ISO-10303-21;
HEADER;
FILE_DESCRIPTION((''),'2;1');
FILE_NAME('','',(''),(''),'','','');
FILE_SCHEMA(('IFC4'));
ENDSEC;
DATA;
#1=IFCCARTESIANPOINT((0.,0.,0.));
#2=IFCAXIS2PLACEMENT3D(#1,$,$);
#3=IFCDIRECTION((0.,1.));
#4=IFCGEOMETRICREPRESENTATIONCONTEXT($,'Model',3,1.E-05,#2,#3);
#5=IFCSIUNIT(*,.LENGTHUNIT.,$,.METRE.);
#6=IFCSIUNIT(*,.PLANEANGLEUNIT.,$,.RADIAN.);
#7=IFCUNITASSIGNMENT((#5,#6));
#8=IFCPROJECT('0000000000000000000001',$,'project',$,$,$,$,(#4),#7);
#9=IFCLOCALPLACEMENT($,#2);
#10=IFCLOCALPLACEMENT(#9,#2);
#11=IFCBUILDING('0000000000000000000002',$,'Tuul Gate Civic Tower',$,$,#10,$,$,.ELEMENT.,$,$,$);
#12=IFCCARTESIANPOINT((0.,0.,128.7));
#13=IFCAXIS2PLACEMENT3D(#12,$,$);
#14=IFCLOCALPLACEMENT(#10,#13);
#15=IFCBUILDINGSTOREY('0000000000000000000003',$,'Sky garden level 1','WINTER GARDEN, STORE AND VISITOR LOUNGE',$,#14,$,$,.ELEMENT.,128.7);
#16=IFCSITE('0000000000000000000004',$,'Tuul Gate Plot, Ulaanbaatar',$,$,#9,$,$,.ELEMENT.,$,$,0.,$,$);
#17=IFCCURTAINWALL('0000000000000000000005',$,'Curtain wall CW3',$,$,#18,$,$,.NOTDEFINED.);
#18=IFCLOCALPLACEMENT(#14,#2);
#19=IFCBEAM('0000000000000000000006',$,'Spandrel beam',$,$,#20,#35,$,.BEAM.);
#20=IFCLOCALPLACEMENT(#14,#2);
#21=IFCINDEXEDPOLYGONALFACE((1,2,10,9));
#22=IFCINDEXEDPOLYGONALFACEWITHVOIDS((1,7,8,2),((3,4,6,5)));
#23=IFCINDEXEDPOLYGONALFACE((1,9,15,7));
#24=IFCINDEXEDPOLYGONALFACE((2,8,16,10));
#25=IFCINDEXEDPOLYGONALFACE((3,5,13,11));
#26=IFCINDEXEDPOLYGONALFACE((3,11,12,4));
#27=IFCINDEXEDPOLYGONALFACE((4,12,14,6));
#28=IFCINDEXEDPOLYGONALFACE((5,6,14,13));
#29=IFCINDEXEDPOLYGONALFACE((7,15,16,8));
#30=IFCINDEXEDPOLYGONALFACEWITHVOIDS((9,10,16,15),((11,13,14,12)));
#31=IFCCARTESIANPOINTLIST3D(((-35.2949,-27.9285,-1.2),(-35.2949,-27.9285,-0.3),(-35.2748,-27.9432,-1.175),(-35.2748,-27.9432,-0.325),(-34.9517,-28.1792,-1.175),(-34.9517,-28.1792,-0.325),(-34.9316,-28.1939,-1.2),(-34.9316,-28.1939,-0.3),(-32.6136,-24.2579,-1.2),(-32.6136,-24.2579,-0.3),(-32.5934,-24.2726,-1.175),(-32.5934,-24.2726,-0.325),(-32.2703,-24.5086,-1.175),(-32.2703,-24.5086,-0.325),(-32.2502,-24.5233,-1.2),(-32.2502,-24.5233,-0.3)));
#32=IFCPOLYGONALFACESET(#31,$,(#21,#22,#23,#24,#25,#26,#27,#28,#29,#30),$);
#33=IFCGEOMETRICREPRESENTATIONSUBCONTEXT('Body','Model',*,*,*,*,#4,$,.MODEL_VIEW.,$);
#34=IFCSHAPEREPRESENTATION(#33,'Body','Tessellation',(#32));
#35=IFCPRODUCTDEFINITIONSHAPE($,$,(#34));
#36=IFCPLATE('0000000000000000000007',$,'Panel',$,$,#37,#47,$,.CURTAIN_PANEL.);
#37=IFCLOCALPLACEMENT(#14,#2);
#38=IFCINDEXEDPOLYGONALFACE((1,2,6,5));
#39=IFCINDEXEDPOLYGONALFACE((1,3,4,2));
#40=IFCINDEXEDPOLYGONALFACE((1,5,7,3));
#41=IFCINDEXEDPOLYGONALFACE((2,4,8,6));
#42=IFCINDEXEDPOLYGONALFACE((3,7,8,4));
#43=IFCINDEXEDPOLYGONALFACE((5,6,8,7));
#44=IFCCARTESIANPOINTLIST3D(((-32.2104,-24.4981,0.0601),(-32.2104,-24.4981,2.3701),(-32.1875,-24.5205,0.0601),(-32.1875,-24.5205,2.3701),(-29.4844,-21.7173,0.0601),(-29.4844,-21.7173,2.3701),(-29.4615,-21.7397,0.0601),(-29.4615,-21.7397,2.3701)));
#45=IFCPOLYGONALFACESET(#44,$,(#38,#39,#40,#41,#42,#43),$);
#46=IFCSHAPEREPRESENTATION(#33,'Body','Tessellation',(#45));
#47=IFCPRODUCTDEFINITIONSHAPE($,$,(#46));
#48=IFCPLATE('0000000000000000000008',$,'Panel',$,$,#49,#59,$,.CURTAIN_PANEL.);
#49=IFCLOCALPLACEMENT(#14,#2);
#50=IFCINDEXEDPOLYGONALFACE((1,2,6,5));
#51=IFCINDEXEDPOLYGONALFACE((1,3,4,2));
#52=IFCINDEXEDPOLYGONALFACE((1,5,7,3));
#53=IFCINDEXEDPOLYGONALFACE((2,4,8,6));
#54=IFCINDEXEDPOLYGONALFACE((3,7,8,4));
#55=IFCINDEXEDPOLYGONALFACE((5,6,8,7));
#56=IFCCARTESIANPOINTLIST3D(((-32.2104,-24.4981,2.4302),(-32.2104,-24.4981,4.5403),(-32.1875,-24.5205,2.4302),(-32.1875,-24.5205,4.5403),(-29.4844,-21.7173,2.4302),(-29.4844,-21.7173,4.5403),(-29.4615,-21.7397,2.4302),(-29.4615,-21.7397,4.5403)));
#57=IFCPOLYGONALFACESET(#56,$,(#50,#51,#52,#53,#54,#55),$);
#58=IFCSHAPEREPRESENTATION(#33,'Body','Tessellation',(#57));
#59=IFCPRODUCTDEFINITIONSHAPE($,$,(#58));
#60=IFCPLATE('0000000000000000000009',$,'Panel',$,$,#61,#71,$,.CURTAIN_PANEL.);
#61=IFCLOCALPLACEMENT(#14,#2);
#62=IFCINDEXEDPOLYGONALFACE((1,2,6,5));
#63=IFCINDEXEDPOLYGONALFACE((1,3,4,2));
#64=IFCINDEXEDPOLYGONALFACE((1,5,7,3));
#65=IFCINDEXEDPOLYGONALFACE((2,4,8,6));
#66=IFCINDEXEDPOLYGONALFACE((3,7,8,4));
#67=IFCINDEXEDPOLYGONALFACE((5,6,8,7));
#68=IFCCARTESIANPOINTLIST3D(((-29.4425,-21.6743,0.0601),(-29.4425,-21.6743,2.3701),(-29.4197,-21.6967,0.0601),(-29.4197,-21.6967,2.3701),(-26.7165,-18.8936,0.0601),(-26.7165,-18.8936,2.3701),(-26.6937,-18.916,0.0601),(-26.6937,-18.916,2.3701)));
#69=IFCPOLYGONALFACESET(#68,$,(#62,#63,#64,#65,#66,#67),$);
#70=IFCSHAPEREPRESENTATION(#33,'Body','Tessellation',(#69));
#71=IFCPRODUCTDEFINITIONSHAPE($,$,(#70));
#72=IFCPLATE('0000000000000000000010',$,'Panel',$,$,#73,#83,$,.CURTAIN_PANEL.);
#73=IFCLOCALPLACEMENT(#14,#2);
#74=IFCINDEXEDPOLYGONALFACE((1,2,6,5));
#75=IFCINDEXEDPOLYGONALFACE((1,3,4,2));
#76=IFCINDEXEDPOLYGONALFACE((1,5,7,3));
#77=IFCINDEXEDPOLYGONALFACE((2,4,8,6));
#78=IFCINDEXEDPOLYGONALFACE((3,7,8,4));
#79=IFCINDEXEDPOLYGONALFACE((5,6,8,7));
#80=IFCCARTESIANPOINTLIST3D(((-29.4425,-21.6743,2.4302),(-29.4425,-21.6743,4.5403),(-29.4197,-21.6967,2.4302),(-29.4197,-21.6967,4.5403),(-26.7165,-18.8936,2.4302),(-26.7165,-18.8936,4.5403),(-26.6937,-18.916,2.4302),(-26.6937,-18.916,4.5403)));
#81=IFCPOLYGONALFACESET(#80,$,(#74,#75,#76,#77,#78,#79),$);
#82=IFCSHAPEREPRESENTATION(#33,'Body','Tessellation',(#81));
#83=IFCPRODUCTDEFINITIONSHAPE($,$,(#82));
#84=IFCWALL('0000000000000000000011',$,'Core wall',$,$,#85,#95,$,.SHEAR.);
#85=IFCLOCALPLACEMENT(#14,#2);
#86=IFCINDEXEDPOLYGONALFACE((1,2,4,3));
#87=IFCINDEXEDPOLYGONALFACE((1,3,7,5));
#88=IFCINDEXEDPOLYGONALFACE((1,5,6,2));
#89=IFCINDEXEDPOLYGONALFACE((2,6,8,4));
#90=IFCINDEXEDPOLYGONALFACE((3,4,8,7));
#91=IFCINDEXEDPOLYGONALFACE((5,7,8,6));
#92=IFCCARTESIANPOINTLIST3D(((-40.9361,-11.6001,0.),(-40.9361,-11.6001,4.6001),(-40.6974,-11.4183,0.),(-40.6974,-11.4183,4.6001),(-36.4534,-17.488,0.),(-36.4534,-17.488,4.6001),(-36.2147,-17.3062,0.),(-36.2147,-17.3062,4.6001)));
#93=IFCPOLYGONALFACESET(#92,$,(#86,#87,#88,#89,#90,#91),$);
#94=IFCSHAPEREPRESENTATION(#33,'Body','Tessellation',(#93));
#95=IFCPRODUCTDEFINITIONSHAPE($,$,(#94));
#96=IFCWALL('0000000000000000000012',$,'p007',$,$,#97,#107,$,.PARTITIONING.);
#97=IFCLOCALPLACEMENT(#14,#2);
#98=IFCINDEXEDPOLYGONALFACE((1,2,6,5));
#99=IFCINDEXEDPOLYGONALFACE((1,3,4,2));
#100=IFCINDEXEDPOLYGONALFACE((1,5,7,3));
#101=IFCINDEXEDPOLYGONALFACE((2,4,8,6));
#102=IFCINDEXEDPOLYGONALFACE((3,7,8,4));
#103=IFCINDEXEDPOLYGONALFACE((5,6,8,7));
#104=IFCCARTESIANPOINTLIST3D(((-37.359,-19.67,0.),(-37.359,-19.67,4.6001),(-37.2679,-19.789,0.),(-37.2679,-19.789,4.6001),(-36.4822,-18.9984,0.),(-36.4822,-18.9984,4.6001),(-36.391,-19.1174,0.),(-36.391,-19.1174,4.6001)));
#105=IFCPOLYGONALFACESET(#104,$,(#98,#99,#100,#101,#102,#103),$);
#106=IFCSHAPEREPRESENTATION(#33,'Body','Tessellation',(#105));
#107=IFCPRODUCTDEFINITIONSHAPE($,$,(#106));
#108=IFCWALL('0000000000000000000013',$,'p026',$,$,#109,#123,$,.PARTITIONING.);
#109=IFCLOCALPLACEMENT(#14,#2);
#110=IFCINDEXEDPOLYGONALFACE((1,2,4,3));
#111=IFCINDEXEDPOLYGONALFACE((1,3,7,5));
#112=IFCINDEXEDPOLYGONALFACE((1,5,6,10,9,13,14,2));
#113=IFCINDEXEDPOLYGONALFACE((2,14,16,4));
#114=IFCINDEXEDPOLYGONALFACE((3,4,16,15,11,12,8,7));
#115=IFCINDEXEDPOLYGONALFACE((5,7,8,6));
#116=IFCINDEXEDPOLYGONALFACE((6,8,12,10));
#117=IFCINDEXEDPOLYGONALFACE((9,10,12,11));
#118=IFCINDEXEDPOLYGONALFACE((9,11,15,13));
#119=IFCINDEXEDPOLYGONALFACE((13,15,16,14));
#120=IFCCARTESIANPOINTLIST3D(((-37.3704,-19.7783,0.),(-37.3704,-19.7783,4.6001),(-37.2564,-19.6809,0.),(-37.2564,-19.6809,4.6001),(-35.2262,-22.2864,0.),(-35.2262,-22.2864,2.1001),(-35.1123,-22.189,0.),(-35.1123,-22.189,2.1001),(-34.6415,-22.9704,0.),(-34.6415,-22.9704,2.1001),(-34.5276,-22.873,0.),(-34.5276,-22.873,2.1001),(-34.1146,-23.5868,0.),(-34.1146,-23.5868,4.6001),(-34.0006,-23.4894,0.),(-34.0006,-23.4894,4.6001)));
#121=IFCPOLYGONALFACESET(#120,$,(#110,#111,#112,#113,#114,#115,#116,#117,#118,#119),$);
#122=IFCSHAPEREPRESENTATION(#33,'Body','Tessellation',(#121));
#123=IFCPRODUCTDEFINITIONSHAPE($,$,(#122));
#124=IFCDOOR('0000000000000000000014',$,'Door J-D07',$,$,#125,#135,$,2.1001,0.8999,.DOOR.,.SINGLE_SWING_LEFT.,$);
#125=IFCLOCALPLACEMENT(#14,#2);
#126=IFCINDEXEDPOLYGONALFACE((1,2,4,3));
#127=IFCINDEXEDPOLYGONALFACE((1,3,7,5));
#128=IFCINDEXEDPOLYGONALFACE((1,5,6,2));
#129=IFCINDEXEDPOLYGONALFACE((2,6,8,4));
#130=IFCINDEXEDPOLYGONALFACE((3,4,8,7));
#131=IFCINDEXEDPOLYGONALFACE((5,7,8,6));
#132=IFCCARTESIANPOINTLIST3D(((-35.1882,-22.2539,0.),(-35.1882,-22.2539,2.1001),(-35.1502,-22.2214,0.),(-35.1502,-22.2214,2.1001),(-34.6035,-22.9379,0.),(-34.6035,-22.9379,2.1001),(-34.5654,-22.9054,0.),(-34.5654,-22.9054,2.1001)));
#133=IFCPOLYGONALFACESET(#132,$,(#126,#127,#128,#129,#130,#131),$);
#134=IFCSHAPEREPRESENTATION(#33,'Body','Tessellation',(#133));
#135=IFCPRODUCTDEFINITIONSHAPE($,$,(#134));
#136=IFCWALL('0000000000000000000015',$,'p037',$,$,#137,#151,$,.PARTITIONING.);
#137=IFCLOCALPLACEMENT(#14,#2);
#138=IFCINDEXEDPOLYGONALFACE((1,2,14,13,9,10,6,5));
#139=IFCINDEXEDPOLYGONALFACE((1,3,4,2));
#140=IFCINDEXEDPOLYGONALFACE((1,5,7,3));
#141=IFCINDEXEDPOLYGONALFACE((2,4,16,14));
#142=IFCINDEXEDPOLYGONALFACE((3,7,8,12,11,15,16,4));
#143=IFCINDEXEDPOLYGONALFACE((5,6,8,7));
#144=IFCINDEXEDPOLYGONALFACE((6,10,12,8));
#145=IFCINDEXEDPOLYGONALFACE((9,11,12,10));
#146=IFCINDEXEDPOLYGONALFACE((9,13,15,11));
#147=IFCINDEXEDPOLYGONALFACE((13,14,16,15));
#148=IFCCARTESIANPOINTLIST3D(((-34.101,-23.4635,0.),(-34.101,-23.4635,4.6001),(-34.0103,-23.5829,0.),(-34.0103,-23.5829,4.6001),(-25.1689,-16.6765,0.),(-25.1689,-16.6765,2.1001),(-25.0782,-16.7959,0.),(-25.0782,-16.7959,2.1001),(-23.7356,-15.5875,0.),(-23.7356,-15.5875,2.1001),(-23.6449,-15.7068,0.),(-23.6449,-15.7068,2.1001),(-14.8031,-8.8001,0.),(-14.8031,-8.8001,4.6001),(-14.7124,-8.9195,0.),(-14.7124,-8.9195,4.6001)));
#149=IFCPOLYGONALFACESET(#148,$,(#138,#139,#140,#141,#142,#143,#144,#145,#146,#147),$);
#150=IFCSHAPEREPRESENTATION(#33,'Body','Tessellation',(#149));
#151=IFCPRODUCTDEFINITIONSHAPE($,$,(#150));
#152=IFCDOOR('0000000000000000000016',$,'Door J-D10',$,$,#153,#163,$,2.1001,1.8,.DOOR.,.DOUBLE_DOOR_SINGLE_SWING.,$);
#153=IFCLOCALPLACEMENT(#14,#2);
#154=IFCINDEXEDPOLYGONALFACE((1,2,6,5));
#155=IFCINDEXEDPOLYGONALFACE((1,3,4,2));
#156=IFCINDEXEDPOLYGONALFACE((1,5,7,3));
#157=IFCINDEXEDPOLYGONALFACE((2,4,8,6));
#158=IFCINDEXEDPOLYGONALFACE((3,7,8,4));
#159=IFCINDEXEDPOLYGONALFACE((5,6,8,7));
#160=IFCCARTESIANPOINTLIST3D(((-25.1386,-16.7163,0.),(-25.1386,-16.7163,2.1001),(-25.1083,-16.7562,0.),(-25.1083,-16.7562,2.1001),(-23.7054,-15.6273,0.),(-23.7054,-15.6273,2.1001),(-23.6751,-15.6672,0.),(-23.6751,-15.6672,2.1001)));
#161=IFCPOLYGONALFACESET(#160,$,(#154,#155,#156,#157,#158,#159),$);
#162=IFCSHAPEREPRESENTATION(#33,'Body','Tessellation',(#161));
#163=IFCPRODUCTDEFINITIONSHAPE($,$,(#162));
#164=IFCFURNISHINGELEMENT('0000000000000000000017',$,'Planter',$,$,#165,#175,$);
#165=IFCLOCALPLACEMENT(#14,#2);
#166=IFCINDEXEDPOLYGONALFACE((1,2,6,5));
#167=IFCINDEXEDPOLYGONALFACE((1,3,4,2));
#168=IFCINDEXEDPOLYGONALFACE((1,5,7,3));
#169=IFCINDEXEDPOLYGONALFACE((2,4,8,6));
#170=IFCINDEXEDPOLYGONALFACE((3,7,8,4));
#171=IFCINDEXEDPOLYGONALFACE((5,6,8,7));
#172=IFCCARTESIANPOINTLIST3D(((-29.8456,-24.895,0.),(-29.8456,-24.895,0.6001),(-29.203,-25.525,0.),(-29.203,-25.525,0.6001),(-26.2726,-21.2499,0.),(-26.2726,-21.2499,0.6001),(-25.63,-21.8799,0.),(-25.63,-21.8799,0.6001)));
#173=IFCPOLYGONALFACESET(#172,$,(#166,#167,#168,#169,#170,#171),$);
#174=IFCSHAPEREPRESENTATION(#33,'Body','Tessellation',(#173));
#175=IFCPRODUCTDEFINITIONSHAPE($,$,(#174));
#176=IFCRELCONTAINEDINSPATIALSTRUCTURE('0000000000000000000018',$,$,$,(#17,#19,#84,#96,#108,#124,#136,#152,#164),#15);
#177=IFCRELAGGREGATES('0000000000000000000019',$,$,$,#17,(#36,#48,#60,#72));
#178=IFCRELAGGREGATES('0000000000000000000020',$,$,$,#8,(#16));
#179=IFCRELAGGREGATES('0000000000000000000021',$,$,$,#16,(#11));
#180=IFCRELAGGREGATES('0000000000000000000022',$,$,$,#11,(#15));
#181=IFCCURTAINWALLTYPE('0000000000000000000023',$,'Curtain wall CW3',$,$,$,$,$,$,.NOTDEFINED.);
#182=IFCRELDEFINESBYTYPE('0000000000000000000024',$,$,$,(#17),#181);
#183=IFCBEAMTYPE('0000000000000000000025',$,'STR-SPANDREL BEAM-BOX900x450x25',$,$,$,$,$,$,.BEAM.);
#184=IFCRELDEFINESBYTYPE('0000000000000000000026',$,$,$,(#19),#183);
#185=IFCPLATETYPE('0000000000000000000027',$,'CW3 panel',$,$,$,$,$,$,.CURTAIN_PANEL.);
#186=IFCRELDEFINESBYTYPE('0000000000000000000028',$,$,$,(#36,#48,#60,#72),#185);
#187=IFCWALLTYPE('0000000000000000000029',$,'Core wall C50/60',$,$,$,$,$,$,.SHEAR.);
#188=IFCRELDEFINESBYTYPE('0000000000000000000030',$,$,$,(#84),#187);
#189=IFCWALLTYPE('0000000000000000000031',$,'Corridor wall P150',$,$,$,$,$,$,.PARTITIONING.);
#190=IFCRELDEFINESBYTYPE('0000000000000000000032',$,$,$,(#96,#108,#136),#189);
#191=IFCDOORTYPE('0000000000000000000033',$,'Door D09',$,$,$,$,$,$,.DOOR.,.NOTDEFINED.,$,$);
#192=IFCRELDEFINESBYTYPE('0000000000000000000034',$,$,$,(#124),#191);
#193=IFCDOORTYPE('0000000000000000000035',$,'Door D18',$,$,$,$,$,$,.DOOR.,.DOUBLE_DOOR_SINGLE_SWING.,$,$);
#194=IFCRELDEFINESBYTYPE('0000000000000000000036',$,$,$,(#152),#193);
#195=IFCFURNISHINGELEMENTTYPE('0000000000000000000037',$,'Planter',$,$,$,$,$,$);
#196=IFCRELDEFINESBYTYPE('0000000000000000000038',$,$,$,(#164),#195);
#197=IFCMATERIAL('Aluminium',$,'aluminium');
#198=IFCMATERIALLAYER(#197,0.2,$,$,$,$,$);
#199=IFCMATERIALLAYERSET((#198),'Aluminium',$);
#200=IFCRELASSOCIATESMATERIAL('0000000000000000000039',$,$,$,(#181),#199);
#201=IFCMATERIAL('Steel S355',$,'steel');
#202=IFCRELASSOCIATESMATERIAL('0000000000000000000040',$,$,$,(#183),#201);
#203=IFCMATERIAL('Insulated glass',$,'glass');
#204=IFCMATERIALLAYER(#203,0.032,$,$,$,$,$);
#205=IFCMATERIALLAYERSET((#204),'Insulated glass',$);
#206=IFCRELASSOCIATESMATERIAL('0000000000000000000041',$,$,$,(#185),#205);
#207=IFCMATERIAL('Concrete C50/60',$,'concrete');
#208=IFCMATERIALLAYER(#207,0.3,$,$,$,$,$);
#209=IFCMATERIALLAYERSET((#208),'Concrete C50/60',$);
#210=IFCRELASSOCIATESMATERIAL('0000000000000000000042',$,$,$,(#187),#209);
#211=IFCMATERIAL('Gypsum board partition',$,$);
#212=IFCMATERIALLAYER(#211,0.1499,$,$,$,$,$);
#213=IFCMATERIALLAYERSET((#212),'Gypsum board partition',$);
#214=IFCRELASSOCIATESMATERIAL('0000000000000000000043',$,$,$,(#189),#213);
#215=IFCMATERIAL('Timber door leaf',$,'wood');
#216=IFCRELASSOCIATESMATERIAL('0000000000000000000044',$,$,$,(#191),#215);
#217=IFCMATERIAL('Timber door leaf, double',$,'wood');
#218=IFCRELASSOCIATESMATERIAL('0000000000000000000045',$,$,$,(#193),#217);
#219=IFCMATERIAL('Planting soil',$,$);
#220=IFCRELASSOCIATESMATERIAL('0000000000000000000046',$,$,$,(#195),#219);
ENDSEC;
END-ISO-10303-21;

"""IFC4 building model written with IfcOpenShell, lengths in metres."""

from ifc_helpers import new_model, si_unit, direction, frame, frame_2d, origin, origin_2d, place, context, subcontext, project, spatial, rectangle, hollow_rectangle, extrude, material, layer, layer_set, material_profile, profile_set, type_object, element, fill, aggregate, save


model = new_model("IFC4")

# Units and contexts
model_context = context("Model", 3, precision=1e-05, world=origin(), true_north=direction((0.0, 1.0)))
body_context = subcontext(model_context, "Body", "Model", "MODEL_VIEW")
ifc_project = project(units=[si_unit("LENGTHUNIT", "METRE"), si_unit("PLANEANGLEUNIT", "RADIAN")], contexts=[model_context])

# Site, building, storey
site_placement = place(None, origin())
site = spatial("IfcSite", under=ifc_project, at=site_placement, Name="Tuul Gate Plot, Ulaanbaatar", CompositionType="ELEMENT", RefElevation=0.0)
building_placement = place(site_placement, origin())
building = spatial("IfcBuilding", under=site, at=building_placement, Name="Tuul Gate Civic Tower", CompositionType="ELEMENT")
storey_placement = place(building_placement, frame((0.0, 0.0, 128.7)))
storey = spatial("IfcBuildingStorey", under=building, at=storey_placement, Name="Sky garden level 1", Description="WINTER GARDEN, STORE AND VISITOR LOUNGE", CompositionType="ELEMENT", Elevation=128.7)

# Curtain wall
ifc_material_1 = material(Name="Aluminium", Category="aluminium")
ifc_layer_1 = layer(ifc_material_1, 0.2)
ifc_layer_set_1 = layer_set([ifc_layer_1], Name="Aluminium")
curtain_wall_type = type_object("IfcCurtainWallType", Name="Curtain wall CW3", PredefinedType="NOTDEFINED", material=ifc_layer_set_1)
curtain_wall_placement = place(storey_placement, origin())
curtain_wall = element("IfcCurtainWall", 1, at=curtain_wall_placement, inside=storey, type_object=curtain_wall_type, Name="Curtain wall CW3", PredefinedType="NOTDEFINED")

# Beam
ifc_material_2 = material(Name="Steel S355", Category="steel")
ifc_material_profile_1 = material_profile(ifc_material_2, hollow_rectangle(XDim=0.45, YDim=0.8999, WallThickness=0.0249, at=origin_2d()), Name="BOX900x450x25")
ifc_profile_set_1 = profile_set([ifc_material_profile_1], Name="Steel S355")
beam_type_1 = type_object("IfcBeamType", Name="STR-SPANDREL BEAM-BOX900x450x25", PredefinedType="BEAM", material=ifc_profile_set_1)
beam_1_placement = place(storey_placement, frame((-32.4319, -24.3906, -0.75), z_axis=(-0.589872, -0.807496, 0.0), x_axis=(0.807496, -0.589872, 0.0)))
element("IfcBeam", 2, at=beam_1_placement, inside=storey, type_object=beam_type_1, Name="Spandrel beam", PredefinedType="BEAM", context=body_context, shape_type="SweptSolid", body=[
    extrude(hollow_rectangle(XDim=0.45, YDim=0.8999, WallThickness=0.0249, at=origin_2d()), origin(), (0.0, 0.0, 1.0), 4.5457),
])

# Plates
ifc_material_3 = material(Name="Insulated glass", Category="glass")
ifc_layer_2 = layer(ifc_material_3, 0.032)
ifc_layer_set_2 = layer_set([ifc_layer_2], Name="Insulated glass")
plate_type = type_object("IfcPlateType", Name="CW3 panel", PredefinedType="CURTAIN_PANEL", material=ifc_layer_set_2)
plate_1_placement = place(storey_placement, frame((-30.8359, -23.1189, 0.0601), z_axis=(0.0, 0.0, 1.0), x_axis=(0.700044, 0.7141, 0.0)))
plate_1 = element("IfcPlate", 3, at=plate_1_placement, type_object=plate_type, Name="Panel", PredefinedType="CURTAIN_PANEL", context=body_context, shape_type="SweptSolid", body=[
    extrude(rectangle(XDim=3.894, YDim=0.032, at=origin_2d()), origin(), (0.0, 0.0, 1.0), 2.3101),
])
plate_2_placement = place(storey_placement, frame((-30.8359, -23.1189, 2.4302), z_axis=(0.0, 0.0, 1.0), x_axis=(0.700044, 0.7141, 0.0)))
plate_2 = element("IfcPlate", 4, at=plate_2_placement, type_object=plate_type, Name="Panel", PredefinedType="CURTAIN_PANEL", context=body_context, shape_type="SweptSolid", body=[
    extrude(rectangle(XDim=3.894, YDim=0.032, at=origin_2d()), origin(), (0.0, 0.0, 1.0), 2.1101),
])
plate_3_placement = place(storey_placement, frame((-28.0681, -20.2952, 0.0601), z_axis=(0.0, 0.0, 1.0), x_axis=(0.700044, 0.7141, 0.0)))
plate_3 = element("IfcPlate", 5, at=plate_3_placement, type_object=plate_type, Name="Panel", PredefinedType="CURTAIN_PANEL", context=body_context, shape_type="SweptSolid", body=[
    extrude(rectangle(XDim=3.894, YDim=0.032, at=origin_2d()), origin(), (0.0, 0.0, 1.0), 2.3101),
])
plate_4_placement = place(storey_placement, frame((-28.0681, -20.2952, 2.4302), z_axis=(0.0, 0.0, 1.0), x_axis=(0.700044, 0.7141, 0.0)))
plate_4 = element("IfcPlate", 6, at=plate_4_placement, type_object=plate_type, Name="Panel", PredefinedType="CURTAIN_PANEL", context=body_context, shape_type="SweptSolid", body=[
    extrude(rectangle(XDim=3.894, YDim=0.032, at=origin_2d()), origin(), (0.0, 0.0, 1.0), 2.1101),
])
aggregate(curtain_wall, [plate_1, plate_2, plate_3, plate_4])

# Walls
ifc_material_4 = material(Name="Concrete C50/60", Category="concrete")
ifc_layer_3 = layer(ifc_material_4, 0.3)
ifc_layer_set_3 = layer_set([ifc_layer_3], Name="Concrete C50/60")
wall_type_1 = type_object("IfcWallType", Name="Core wall C50/60", PredefinedType="SHEAR", material=ifc_layer_set_3)
wall_1_placement = place(storey_placement, frame((-36.334, -17.3972, 0.0), z_axis=(0.0, 0.0, 1.0), x_axis=(-0.605754, 0.795652, 0.0)))
element("IfcWall", 7, at=wall_1_placement, inside=storey, type_object=wall_type_1, Name="Core wall", PredefinedType="SHEAR", context=body_context, shape_type="SweptSolid", body=[
    extrude(rectangle(XDim=7.4001, YDim=0.3, at=frame_2d((3.7002, 0.0))), origin(), (0.0, 0.0, 1.0), 4.6001),
])
ifc_material_5 = material(Name="Gypsum board partition")
ifc_layer_4 = layer(ifc_material_5, 0.1499)
ifc_layer_set_4 = layer_set([ifc_layer_4], Name="Gypsum board partition")
wall_type_2 = type_object("IfcWallType", Name="Corridor wall P150", PredefinedType="PARTITIONING", material=ifc_layer_set_4)
wall_2_placement = place(storey_placement, frame((-37.3135, -19.7295, 0.0), z_axis=(0.0, 0.0, 1.0), x_axis=(0.793912, 0.608032, 0.0)))
element("IfcWall", 8, at=wall_2_placement, inside=storey, type_object=wall_type_2, Name="p007", PredefinedType="PARTITIONING", context=body_context, shape_type="SweptSolid", body=[
    extrude(rectangle(XDim=1.1045, YDim=0.1499, at=frame_2d((0.5522, 0.0))), origin(), (0.0, 0.0, 1.0), 4.6001),
])

# Walls, openings, doors
wall_3_placement = place(storey_placement, frame((-37.3135, -19.7295, 0.0), z_axis=(0.0, 0.0, 1.0), x_axis=(0.649796, -0.760109, 0.0)))
wall_3 = element("IfcWall", 9, at=wall_3_placement, inside=storey, type_object=wall_type_2, Name="p026", PredefinedType="PARTITIONING", context=body_context, shape_type="SweptSolid", body=[
    extrude(rectangle(XDim=5.0105, YDim=0.1499, at=frame_2d((2.5054, 0.0))), origin(), (0.0, 0.0, 1.0), 4.6001),
])
opening_1_placement = place(wall_3_placement, frame((3.2998, 0.0, 0.0)))
opening_1 = element("IfcOpeningElement", 10, at=opening_1_placement, cuts=wall_3, PredefinedType="OPENING", context=body_context, shape_type="SweptSolid", body=[
    extrude(rectangle(XDim=0.8999, YDim=2.1001, at=frame_2d((0.45, 1.05))), frame((0.0, 0.085, 0.0), z_axis=(0.0, -1.0, 0.0), x_axis=(1.0, 0.0, 0.0)), (0.0, 0.0, 1.0), 0.1699),
])
ifc_material_6 = material(Name="Timber door leaf", Category="wood")
door_type_1 = type_object("IfcDoorType", Name="Door D09", OperationType="NOTDEFINED", PredefinedType="DOOR", material=ifc_material_6)
door_1_placement = place(opening_1_placement, frame((0.8999, 0.0, 0.0), z_axis=(0.0, 0.0, 1.0), x_axis=(-1.0, 0.0, 0.0)))
door_1 = element("IfcDoor", 11, at=door_1_placement, inside=storey, type_object=door_type_1, Name="Door J-D07", OperationType="SINGLE_SWING_LEFT", OverallHeight=2.1001, OverallWidth=0.8999, PredefinedType="DOOR", context=body_context, shape_type="SweptSolid", body=[
    extrude(rectangle(XDim=0.8999, YDim=2.1001, at=frame_2d((0.45, 1.05))), frame((0.0, 0.0249, 0.0), z_axis=(0.0, -1.0, 0.0), x_axis=(1.0, 0.0, 0.0)), (0.0, 0.0, 1.0), 0.05),
])
fill(opening_1, door_1)
wall_4_placement = place(storey_placement, frame((-34.0557, -23.5232, 0.0), z_axis=(0.0, 0.0, 1.0), x_axis=(0.796223, 0.605004, 0.0)))
wall_4 = element("IfcWall", 12, at=wall_4_placement, inside=storey, type_object=wall_type_2, Name="p037", PredefinedType="PARTITIONING", context=body_context, shape_type="SweptSolid", body=[
    extrude(rectangle(XDim=24.2368, YDim=0.1499, at=frame_2d((12.1184, 0.0))), origin(), (0.0, 0.0, 1.0), 4.6001),
])
opening_2_placement = place(wall_4_placement, frame((11.2183, 0.0, 0.0)))
opening_2 = element("IfcOpeningElement", 13, at=opening_2_placement, cuts=wall_4, PredefinedType="OPENING", context=body_context, shape_type="SweptSolid", body=[
    extrude(rectangle(XDim=1.8, YDim=2.1001, at=frame_2d((0.8999, 1.05))), frame((0.0, 0.085, 0.0), z_axis=(0.0, -1.0, 0.0), x_axis=(1.0, 0.0, 0.0)), (0.0, 0.0, 1.0), 0.1699),
])
ifc_material_7 = material(Name="Timber door leaf, double", Category="wood")
door_type_2 = type_object("IfcDoorType", Name="Door D18", OperationType="DOUBLE_DOOR_SINGLE_SWING", PredefinedType="DOOR", material=ifc_material_7)
door_2_placement = place(opening_2_placement, origin())
door_2 = element("IfcDoor", 14, at=door_2_placement, inside=storey, type_object=door_type_2, Name="Door J-D10", OperationType="DOUBLE_DOOR_SINGLE_SWING", OverallHeight=2.1001, OverallWidth=1.8, PredefinedType="DOOR", context=body_context, shape_type="SweptSolid", body=[
    extrude(rectangle(XDim=1.8, YDim=2.1001, at=frame_2d((0.8999, 1.05))), frame((0.0, 0.0249, 0.0), z_axis=(0.0, -1.0, 0.0), x_axis=(1.0, 0.0, 0.0)), (0.0, 0.0, 1.0), 0.05),
])
fill(opening_2, door_2)

# Furnishing element
ifc_material_8 = material(Name="Planting soil")
furnishing_element_type = type_object("IfcFurnishingElementType", Name="Planter", material=ifc_material_8)
furnishing_placement = place(storey_placement, frame((-27.7378, -23.3875, 0.0), z_axis=(0.0, 0.0, 1.0), x_axis=(0.700009, 0.714134, 0.0)))
element("IfcFurnishingElement", 15, at=furnishing_placement, inside=storey, type_object=furnishing_element_type, Name="Planter", context=body_context, shape_type="SweptSolid", body=[
    extrude(rectangle(XDim=5.1042, YDim=0.8999, at=origin_2d()), origin(), (0.0, 0.0, 1.0), 0.6001),
])

save(model, "model.ifc")
